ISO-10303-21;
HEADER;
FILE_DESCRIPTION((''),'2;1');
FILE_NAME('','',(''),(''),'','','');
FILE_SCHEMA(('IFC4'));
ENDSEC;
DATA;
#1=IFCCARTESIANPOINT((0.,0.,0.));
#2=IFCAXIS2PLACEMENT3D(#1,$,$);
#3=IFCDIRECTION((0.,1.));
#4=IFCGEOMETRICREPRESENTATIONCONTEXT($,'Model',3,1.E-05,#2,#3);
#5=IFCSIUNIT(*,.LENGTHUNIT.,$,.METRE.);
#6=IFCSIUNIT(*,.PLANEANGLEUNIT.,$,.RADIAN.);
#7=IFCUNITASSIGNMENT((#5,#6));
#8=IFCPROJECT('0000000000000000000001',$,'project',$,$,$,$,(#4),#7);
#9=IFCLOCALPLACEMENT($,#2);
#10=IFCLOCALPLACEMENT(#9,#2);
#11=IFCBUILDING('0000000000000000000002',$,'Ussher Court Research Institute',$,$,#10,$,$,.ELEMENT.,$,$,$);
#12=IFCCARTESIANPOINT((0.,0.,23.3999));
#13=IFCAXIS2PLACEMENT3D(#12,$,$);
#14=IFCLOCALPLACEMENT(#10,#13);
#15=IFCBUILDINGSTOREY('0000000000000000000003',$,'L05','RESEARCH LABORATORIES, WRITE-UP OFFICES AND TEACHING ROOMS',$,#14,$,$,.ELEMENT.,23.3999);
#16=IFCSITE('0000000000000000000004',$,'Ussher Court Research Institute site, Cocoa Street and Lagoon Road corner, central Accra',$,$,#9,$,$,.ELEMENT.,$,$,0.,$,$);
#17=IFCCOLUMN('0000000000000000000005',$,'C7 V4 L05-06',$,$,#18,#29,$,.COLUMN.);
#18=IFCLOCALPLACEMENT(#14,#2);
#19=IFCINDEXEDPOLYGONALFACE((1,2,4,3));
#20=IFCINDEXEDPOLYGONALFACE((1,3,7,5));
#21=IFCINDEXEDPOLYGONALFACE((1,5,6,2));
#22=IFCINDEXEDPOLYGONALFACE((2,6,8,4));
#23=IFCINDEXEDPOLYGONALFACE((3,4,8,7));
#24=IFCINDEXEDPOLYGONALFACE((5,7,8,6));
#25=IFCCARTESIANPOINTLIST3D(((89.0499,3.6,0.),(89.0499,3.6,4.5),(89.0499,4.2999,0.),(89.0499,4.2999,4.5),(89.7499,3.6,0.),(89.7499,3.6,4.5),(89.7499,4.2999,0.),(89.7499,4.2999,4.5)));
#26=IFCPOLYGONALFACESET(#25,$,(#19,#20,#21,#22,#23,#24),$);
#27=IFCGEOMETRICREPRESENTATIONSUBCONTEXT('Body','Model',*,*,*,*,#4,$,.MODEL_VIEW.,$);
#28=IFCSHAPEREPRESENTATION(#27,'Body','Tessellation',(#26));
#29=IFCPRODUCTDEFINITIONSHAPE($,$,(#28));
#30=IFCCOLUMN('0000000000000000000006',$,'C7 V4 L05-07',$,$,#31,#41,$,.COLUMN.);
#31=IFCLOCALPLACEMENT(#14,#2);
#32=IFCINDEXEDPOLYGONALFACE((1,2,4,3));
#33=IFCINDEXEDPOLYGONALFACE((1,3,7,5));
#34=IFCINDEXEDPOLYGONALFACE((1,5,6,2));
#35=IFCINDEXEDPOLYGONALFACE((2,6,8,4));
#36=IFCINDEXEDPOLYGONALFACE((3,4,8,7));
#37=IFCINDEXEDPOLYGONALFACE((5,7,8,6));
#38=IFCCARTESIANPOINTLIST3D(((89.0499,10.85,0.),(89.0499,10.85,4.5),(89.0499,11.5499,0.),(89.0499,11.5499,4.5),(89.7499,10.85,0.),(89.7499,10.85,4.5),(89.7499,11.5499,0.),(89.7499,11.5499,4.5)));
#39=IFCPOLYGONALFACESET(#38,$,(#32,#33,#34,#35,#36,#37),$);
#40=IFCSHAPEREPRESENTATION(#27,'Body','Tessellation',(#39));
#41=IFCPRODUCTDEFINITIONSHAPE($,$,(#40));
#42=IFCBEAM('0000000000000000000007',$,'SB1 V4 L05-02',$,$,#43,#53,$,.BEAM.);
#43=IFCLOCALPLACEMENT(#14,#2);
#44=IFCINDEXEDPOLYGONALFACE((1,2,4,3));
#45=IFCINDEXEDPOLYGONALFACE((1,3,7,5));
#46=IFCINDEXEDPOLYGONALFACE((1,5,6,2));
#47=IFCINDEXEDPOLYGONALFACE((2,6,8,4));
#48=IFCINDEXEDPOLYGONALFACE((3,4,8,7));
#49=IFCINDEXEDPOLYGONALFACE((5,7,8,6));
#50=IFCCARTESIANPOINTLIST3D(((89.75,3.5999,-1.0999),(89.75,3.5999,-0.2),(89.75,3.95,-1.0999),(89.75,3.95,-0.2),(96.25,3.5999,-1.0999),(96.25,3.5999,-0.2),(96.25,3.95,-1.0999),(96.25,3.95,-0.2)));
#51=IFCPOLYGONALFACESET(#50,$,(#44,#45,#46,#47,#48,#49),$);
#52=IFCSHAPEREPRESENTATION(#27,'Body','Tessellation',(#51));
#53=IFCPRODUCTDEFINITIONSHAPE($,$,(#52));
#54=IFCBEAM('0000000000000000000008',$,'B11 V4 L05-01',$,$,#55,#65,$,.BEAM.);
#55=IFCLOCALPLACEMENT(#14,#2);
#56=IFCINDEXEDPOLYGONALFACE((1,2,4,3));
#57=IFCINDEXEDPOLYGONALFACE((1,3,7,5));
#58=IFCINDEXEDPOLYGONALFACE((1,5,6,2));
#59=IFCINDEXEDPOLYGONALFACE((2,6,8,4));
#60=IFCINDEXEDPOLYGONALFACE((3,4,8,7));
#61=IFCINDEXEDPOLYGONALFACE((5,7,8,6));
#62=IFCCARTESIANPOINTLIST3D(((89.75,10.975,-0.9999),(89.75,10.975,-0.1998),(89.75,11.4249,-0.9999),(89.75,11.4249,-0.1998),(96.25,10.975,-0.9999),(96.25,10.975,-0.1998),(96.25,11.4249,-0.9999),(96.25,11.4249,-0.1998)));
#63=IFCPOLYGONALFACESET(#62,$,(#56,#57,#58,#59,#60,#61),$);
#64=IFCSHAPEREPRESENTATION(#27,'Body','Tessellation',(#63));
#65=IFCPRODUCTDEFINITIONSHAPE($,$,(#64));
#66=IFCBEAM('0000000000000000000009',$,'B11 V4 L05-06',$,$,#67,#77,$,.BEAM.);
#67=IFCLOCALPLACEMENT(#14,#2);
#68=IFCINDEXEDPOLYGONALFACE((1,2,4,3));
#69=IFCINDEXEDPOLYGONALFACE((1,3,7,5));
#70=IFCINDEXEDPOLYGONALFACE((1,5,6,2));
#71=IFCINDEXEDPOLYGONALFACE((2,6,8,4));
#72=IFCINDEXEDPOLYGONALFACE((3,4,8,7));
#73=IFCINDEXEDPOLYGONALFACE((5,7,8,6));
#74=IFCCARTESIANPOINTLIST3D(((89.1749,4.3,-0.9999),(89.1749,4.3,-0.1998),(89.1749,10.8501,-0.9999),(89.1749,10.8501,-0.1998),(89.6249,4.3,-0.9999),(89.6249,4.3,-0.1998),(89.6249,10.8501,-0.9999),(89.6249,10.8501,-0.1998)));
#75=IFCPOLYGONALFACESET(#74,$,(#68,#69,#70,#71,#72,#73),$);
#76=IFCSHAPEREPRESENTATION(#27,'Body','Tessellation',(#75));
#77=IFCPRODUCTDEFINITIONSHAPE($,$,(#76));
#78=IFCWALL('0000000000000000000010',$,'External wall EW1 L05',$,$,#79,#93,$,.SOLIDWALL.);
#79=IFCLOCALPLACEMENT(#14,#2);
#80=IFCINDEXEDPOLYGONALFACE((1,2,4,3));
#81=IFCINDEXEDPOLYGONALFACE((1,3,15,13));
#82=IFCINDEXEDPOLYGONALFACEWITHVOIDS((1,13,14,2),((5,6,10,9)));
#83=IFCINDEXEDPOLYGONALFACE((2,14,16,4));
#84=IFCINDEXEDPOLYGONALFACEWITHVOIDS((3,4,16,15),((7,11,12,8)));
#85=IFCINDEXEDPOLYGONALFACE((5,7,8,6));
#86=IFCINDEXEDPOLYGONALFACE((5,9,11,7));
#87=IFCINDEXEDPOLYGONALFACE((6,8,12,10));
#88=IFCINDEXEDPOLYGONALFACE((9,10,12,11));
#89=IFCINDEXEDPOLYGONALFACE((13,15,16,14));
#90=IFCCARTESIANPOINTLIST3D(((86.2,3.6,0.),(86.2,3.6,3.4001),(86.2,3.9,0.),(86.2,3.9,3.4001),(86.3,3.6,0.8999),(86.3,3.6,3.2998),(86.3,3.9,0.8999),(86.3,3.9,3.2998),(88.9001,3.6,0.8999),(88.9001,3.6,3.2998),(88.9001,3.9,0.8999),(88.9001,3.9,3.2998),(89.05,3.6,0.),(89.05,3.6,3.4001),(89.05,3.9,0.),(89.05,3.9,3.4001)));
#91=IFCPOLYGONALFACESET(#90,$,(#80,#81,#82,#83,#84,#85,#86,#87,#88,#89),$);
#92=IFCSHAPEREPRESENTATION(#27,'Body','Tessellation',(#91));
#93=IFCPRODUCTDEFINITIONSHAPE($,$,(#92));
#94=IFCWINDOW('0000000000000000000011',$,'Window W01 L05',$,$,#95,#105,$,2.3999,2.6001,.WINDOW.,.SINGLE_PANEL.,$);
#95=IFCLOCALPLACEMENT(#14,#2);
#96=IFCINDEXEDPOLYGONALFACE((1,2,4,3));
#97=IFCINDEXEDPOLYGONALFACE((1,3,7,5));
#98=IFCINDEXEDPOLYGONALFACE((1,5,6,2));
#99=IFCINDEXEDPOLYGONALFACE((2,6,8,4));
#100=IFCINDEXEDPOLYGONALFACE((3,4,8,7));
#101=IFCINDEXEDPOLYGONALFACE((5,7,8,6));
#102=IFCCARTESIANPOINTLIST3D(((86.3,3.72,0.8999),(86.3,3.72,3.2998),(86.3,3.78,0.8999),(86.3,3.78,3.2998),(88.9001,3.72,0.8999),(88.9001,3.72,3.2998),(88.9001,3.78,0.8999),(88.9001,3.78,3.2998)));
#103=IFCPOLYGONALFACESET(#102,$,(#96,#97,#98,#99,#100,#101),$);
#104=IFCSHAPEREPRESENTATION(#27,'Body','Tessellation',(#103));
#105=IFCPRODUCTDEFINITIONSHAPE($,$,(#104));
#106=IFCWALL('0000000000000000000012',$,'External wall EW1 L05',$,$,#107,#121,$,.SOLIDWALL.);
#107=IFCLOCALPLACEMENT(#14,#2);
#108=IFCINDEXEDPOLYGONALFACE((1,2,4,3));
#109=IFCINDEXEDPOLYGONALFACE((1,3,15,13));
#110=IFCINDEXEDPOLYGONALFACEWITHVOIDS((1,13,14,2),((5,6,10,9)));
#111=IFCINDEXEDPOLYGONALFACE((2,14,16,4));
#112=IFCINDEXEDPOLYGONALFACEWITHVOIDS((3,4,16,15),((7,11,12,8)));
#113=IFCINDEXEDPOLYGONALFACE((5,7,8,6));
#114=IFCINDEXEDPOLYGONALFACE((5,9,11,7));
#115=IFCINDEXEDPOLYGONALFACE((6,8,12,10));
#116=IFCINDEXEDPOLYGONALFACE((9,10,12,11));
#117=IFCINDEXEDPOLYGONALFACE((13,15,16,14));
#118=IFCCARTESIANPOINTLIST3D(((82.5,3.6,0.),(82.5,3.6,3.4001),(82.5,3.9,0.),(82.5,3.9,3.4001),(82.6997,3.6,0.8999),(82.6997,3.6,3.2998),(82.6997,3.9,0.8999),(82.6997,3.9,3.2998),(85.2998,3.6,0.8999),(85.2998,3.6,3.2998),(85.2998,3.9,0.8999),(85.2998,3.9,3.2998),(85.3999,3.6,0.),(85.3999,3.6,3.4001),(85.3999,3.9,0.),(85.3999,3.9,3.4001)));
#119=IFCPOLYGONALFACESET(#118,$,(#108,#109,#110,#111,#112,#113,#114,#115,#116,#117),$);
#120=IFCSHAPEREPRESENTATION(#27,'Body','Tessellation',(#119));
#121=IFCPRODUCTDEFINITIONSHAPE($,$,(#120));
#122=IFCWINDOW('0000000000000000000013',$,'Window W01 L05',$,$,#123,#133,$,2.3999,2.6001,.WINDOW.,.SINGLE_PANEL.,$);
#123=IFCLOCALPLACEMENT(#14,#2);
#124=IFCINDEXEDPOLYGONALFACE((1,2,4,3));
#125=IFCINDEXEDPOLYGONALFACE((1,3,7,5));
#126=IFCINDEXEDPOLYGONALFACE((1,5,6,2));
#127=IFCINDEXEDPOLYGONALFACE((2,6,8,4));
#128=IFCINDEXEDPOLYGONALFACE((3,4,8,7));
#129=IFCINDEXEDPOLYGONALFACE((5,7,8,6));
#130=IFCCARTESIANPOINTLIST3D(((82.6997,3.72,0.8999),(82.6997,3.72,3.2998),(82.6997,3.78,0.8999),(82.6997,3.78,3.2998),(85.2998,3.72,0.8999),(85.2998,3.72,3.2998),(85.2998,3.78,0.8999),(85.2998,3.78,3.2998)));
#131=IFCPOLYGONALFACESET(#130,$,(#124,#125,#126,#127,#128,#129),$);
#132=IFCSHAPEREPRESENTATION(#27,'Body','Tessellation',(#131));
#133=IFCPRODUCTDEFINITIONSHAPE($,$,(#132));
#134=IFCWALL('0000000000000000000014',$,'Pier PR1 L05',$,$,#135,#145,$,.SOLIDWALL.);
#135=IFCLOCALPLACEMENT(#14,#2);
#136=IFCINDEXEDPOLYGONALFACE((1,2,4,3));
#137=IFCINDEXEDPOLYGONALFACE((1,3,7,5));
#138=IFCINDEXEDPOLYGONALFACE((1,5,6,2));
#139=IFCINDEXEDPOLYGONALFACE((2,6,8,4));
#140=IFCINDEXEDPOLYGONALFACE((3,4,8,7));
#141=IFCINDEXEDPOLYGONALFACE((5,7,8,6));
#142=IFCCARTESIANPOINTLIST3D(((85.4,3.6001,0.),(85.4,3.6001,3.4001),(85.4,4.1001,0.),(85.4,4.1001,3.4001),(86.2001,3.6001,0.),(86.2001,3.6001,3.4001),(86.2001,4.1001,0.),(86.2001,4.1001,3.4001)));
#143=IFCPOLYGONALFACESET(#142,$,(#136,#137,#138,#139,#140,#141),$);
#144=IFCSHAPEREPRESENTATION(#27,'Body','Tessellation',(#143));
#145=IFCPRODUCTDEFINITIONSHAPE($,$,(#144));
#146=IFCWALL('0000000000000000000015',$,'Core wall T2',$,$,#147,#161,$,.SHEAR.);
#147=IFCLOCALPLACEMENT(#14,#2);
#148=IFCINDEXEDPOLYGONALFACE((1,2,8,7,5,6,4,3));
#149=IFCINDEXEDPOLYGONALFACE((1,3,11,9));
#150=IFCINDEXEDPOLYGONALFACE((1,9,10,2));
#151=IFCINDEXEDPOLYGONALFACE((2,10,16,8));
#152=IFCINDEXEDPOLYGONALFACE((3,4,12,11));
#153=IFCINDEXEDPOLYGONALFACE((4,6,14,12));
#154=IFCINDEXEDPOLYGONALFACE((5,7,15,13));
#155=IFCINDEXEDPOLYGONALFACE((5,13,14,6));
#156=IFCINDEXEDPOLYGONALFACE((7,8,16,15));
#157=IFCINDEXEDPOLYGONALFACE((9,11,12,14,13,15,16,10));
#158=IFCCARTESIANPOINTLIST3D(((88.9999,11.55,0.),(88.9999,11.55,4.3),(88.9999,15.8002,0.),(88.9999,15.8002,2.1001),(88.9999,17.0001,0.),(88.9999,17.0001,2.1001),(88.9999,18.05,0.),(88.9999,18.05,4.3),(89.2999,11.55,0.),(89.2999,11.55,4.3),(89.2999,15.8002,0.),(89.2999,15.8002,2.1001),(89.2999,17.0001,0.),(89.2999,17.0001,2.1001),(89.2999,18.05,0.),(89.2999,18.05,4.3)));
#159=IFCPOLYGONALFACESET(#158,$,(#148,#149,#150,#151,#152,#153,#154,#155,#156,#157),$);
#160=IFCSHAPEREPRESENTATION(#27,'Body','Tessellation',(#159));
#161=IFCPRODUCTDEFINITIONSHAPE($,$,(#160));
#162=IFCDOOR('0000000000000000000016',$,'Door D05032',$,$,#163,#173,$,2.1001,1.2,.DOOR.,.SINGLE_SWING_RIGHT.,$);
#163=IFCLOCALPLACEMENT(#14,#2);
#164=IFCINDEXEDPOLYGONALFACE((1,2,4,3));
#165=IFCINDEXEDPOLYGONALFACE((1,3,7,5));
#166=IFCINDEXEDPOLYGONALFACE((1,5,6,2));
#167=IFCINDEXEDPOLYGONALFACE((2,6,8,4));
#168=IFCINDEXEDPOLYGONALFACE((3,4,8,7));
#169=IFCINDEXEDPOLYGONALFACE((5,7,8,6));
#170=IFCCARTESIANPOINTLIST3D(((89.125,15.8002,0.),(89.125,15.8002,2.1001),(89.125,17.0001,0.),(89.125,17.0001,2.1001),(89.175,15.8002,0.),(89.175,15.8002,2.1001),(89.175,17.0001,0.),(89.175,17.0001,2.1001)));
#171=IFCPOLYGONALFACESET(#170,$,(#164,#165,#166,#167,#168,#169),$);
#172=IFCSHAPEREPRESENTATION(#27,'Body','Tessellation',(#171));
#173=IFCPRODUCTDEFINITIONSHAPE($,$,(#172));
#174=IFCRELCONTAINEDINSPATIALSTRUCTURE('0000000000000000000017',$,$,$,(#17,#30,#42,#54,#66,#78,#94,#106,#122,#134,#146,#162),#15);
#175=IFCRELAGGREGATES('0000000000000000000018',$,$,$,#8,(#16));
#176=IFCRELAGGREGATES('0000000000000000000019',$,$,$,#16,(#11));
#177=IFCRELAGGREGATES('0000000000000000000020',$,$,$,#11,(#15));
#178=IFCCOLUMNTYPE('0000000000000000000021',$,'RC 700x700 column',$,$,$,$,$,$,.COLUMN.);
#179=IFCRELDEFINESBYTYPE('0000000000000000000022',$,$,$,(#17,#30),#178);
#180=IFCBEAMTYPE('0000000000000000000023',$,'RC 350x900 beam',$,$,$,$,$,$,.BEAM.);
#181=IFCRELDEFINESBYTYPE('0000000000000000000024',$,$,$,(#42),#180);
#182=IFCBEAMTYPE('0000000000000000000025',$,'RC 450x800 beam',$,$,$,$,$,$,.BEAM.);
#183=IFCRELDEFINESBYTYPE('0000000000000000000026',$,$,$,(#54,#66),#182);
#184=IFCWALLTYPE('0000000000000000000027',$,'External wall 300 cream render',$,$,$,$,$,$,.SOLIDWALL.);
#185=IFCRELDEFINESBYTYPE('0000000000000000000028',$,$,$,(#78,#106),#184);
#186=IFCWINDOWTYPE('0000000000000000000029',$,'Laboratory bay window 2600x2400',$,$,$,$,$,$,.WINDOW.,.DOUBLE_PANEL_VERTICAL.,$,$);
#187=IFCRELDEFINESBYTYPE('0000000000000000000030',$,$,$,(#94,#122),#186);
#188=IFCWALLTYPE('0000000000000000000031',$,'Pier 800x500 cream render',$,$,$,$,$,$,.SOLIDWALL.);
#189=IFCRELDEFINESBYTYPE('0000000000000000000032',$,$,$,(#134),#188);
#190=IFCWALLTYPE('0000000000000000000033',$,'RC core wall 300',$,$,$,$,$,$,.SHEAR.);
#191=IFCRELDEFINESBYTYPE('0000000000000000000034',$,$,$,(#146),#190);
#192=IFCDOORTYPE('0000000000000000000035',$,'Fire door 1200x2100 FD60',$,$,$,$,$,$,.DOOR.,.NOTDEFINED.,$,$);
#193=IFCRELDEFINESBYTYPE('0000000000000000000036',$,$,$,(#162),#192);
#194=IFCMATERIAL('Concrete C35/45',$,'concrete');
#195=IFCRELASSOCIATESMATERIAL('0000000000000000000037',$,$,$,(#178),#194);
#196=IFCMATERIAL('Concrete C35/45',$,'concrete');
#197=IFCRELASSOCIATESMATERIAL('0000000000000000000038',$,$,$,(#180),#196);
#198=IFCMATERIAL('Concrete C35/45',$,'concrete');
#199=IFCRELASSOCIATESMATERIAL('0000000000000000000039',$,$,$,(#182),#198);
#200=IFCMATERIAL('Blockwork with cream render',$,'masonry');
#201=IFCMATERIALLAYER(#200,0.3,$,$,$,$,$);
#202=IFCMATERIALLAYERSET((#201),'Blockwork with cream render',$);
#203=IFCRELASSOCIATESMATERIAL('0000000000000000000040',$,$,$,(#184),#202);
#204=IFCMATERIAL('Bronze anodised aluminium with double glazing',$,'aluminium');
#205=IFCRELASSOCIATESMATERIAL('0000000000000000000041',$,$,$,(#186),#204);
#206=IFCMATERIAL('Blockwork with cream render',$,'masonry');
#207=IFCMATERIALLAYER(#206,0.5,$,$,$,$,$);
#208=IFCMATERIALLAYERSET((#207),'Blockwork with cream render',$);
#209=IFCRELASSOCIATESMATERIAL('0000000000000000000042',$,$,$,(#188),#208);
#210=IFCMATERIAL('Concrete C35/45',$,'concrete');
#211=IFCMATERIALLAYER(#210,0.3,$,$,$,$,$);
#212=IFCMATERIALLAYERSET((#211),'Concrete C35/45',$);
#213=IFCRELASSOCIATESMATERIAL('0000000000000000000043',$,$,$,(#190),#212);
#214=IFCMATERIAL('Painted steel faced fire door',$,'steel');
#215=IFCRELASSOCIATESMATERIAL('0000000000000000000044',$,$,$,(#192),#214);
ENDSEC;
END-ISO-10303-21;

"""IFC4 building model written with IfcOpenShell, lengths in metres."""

from ifc_helpers import new_model, si_unit, direction, frame, frame_2d, origin, origin_2d, place, context, subcontext, project, spatial, rectangle, extrude, material, layer, layer_set, material_profile, profile_set, type_object, element, fill, save


model = new_model("IFC4")

# Units and contexts
model_context = context("Model", 3, precision=1e-05, world=origin(), true_north=direction((0.0, 1.0)))
body_context = subcontext(model_context, "Body", "Model", "MODEL_VIEW")
ifc_project = project(units=[si_unit("LENGTHUNIT", "METRE"), si_unit("PLANEANGLEUNIT", "RADIAN")], contexts=[model_context])

# Site, building, storey
site_placement = place(None, origin())
site = spatial("IfcSite", under=ifc_project, at=site_placement, Name="Ussher Court Research Institute site, Cocoa Street and Lagoon Road corner, central Accra", CompositionType="ELEMENT", RefElevation=0.0)
building_placement = place(site_placement, origin())
building = spatial("IfcBuilding", under=site, at=building_placement, Name="Ussher Court Research Institute", CompositionType="ELEMENT")
storey_placement = place(building_placement, frame((0.0, 0.0, 23.3999)))
storey = spatial("IfcBuildingStorey", under=building, at=storey_placement, Name="L05", Description="RESEARCH LABORATORIES, WRITE-UP OFFICES AND TEACHING ROOMS", CompositionType="ELEMENT", Elevation=23.3999)

# Columns
ifc_material_1 = material(Name="Concrete C35/45", Category="concrete")
ifc_material_profile_1 = material_profile(ifc_material_1, rectangle(XDim=0.7, YDim=0.7, at=origin_2d()), Name="RC 700x700")
ifc_profile_set_1 = profile_set([ifc_material_profile_1], Name="Concrete C35/45")
column_type = type_object("IfcColumnType", Name="RC 700x700 column", PredefinedType="COLUMN", material=ifc_profile_set_1)
for number, where, z_axis, x_axis, name in (
    (1, (89.3999, 3.95, 0.0), (0.0, 0.0, 1.0), (1.0, 0.0, 0.0), "C7 V4 L05-06"),
    (2, (89.3999, 11.2, 0.0), (0.0, 0.0, 1.0), (1.0, 0.0, 0.0), "C7 V4 L05-07"),
):
    element("IfcColumn", number, at=place(storey_placement, frame(where, z_axis=z_axis, x_axis=x_axis)), inside=storey, type_object=column_type, Name=name, PredefinedType="COLUMN", context=body_context, shape_type="SweptSolid", body=[
        extrude(rectangle(XDim=0.7, YDim=0.7, at=origin_2d()), origin(), (0.0, 0.0, 1.0), 4.5),
    ])

# Beams
ifc_material_2 = material(Name="Concrete C35/45", Category="concrete")
ifc_material_profile_2 = material_profile(ifc_material_2, rectangle(XDim=0.3501, YDim=0.8999, at=origin_2d()), Name="RC 350x900")
ifc_profile_set_2 = profile_set([ifc_material_profile_2], Name="Concrete C35/45")
beam_type_1 = type_object("IfcBeamType", Name="RC 350x900 beam", PredefinedType="BEAM", material=ifc_profile_set_2)
beam_1_placement = place(storey_placement, frame((89.75, 3.7749, -0.6499), z_axis=(1.0, 0.0, 0.0), x_axis=(0.0, 1.0, 0.0)))
element("IfcBeam", 3, at=beam_1_placement, inside=storey, type_object=beam_type_1, Name="SB1 V4 L05-02", PredefinedType="BEAM", context=body_context, shape_type="SweptSolid", body=[
    extrude(rectangle(XDim=0.3501, YDim=0.8999, at=origin_2d()), origin(), (0.0, 0.0, 1.0), 6.5),
])
ifc_material_3 = material(Name="Concrete C35/45", Category="concrete")
ifc_material_profile_3 = material_profile(ifc_material_3, rectangle(XDim=0.45, YDim=0.8, at=origin_2d()), Name="RC 450x800")
ifc_profile_set_3 = profile_set([ifc_material_profile_3], Name="Concrete C35/45")
beam_type_2 = type_object("IfcBeamType", Name="RC 450x800 beam", PredefinedType="BEAM", material=ifc_profile_set_3)
beam_2_placement = place(storey_placement, frame((89.75, 11.2, -0.5999), z_axis=(1.0, 0.0, 0.0), x_axis=(0.0, 1.0, 0.0)))
element("IfcBeam", 4, at=beam_2_placement, inside=storey, type_object=beam_type_2, Name="B11 V4 L05-01", PredefinedType="BEAM", context=body_context, shape_type="SweptSolid", body=[
    extrude(rectangle(XDim=0.45, YDim=0.8, at=origin_2d()), origin(), (0.0, 0.0, 1.0), 6.5),
])
beam_3_placement = place(storey_placement, frame((89.3999, 4.3, -0.5999), z_axis=(0.0, 1.0, 0.0), x_axis=(-1.0, 0.0, 0.0)))
element("IfcBeam", 5, at=beam_3_placement, inside=storey, type_object=beam_type_2, Name="B11 V4 L05-06", PredefinedType="BEAM", context=body_context, shape_type="SweptSolid", body=[
    extrude(rectangle(XDim=0.45, YDim=0.8, at=origin_2d()), origin(), (0.0, 0.0, 1.0), 6.55),
])

# Walls, openings, windows
ifc_material_4 = material(Name="Blockwork with cream render", Category="masonry")
ifc_layer_1 = layer(ifc_material_4, 0.3)
ifc_layer_set_1 = layer_set([ifc_layer_1], Name="Blockwork with cream render")
wall_type_1 = type_object("IfcWallType", Name="External wall 300 cream render", PredefinedType="SOLIDWALL", material=ifc_layer_set_1)
wall_1_placement = place(storey_placement, frame((89.05, 3.75, 0.0), z_axis=(0.0, 0.0, 1.0), x_axis=(-1.0, 0.0, 0.0)))
wall_1 = element("IfcWall", 6, at=wall_1_placement, inside=storey, type_object=wall_type_1, Name="External wall EW1 L05", PredefinedType="SOLIDWALL", context=body_context, shape_type="SweptSolid", body=[
    extrude(rectangle(XDim=2.8501, YDim=0.3, at=frame_2d((1.425, 0.0))), origin(), (0.0, 0.0, 1.0), 3.4001),
])
opening_1_placement = place(wall_1_placement, frame((0.1499, 0.0, 0.8999)))
opening_1 = element("IfcOpeningElement", 7, at=opening_1_placement, cuts=wall_1, PredefinedType="OPENING", context=body_context, shape_type="SweptSolid", body=[
    extrude(rectangle(XDim=2.6001, YDim=2.3999, at=frame_2d((1.3, 1.2))), frame((0.0, 0.1602, 0.0), z_axis=(0.0, -1.0, 0.0), x_axis=(1.0, 0.0, 0.0)), (0.0, 0.0, 1.0), 0.3201),
])
ifc_material_5 = material(Name="Bronze anodised aluminium with double glazing", Category="aluminium")
window_type = type_object("IfcWindowType", Name="Laboratory bay window 2600x2400", PartitioningType="DOUBLE_PANEL_VERTICAL", PredefinedType="WINDOW", material=ifc_material_5)
window_1_placement = place(opening_1_placement, origin())
window_1 = element("IfcWindow", 8, at=window_1_placement, inside=storey, type_object=window_type, Name="Window W01 L05", OverallHeight=2.3999, OverallWidth=2.6001, PartitioningType="SINGLE_PANEL", PredefinedType="WINDOW", context=body_context, shape_type="SweptSolid", body=[
    extrude(rectangle(XDim=2.6001, YDim=2.3999, at=frame_2d((1.3, 1.2))), frame((0.0, 0.03, 0.0), z_axis=(0.0, -1.0, 0.0), x_axis=(1.0, 0.0, 0.0)), (0.0, 0.0, 1.0), 0.0601),
])
fill(opening_1, window_1)
wall_2_placement = place(storey_placement, frame((85.3999, 3.75, 0.0), z_axis=(0.0, 0.0, 1.0), x_axis=(-1.0, 0.0, 0.0)))
wall_2 = element("IfcWall", 9, at=wall_2_placement, inside=storey, type_object=wall_type_1, Name="External wall EW1 L05", PredefinedType="SOLIDWALL", context=body_context, shape_type="SweptSolid", body=[
    extrude(rectangle(XDim=2.8999, YDim=0.3, at=frame_2d((1.45, 0.0))), origin(), (0.0, 0.0, 1.0), 3.4001),
])
opening_2_placement = place(wall_2_placement, frame((0.1001, 0.0, 0.8999)))
opening_2 = element("IfcOpeningElement", 10, at=opening_2_placement, cuts=wall_2, PredefinedType="OPENING", context=body_context, shape_type="SweptSolid", body=[
    extrude(rectangle(XDim=2.6001, YDim=2.3999, at=frame_2d((1.3, 1.2))), frame((0.0, 0.1602, 0.0), z_axis=(0.0, -1.0, 0.0), x_axis=(1.0, 0.0, 0.0)), (0.0, 0.0, 1.0), 0.3201),
])
window_2_placement = place(opening_2_placement, origin())
window_2 = element("IfcWindow", 11, at=window_2_placement, inside=storey, type_object=window_type, Name="Window W01 L05", OverallHeight=2.3999, OverallWidth=2.6001, PartitioningType="SINGLE_PANEL", PredefinedType="WINDOW", context=body_context, shape_type="SweptSolid", body=[
    extrude(rectangle(XDim=2.6001, YDim=2.3999, at=frame_2d((1.3, 1.2))), frame((0.0, 0.03, 0.0), z_axis=(0.0, -1.0, 0.0), x_axis=(1.0, 0.0, 0.0)), (0.0, 0.0, 1.0), 0.0601),
])
fill(opening_2, window_2)

# Wall
ifc_material_6 = material(Name="Blockwork with cream render", Category="masonry")
ifc_layer_2 = layer(ifc_material_6, 0.5)
ifc_layer_set_2 = layer_set([ifc_layer_2], Name="Blockwork with cream render")
wall_type_2 = type_object("IfcWallType", Name="Pier 800x500 cream render", PredefinedType="SOLIDWALL", material=ifc_layer_set_2)
wall_3_placement = place(storey_placement, frame((86.2, 3.8501, 0.0), z_axis=(0.0, 0.0, 1.0), x_axis=(-1.0, 0.0, 0.0)))
element("IfcWall", 12, at=wall_3_placement, inside=storey, type_object=wall_type_2, Name="Pier PR1 L05", PredefinedType="SOLIDWALL", context=body_context, shape_type="SweptSolid", body=[
    extrude(rectangle(XDim=0.8, YDim=0.5, at=frame_2d((0.3999, 0.0))), origin(), (0.0, 0.0, 1.0), 3.4001),
])

# Wall, opening, door
ifc_material_7 = material(Name="Concrete C35/45", Category="concrete")
ifc_layer_3 = layer(ifc_material_7, 0.3)
ifc_layer_set_3 = layer_set([ifc_layer_3], Name="Concrete C35/45")
wall_type_3 = type_object("IfcWallType", Name="RC core wall 300", PredefinedType="SHEAR", material=ifc_layer_set_3)
wall_4_placement = place(storey_placement, frame((89.1499, 11.55, 0.0), z_axis=(0.0, 0.0, 1.0), x_axis=(0.0, 1.0, 0.0)))
wall_4 = element("IfcWall", 13, at=wall_4_placement, inside=storey, type_object=wall_type_3, Name="Core wall T2", PredefinedType="SHEAR", context=body_context, shape_type="SweptSolid", body=[
    extrude(rectangle(XDim=6.5, YDim=0.3, at=frame_2d((3.25, 0.0))), origin(), (0.0, 0.0, 1.0), 4.3),
])
opening_3_placement = place(wall_4_placement, frame((4.25, 0.0, 0.0)))
opening_3 = element("IfcOpeningElement", 14, at=opening_3_placement, cuts=wall_4, PredefinedType="OPENING", context=body_context, shape_type="SweptSolid", body=[
    extrude(rectangle(XDim=1.2, YDim=2.1001, at=frame_2d((0.6001, 1.05))), frame((0.0, 0.1602, 0.0), z_axis=(0.0, -1.0, 0.0), x_axis=(1.0, 0.0, 0.0)), (0.0, 0.0, 1.0), 0.3201),
])
ifc_material_8 = material(Name="Painted steel faced fire door", Category="steel")
door_type = type_object("IfcDoorType", Name="Fire door 1200x2100 FD60", OperationType="NOTDEFINED", PredefinedType="DOOR", material=ifc_material_8)
door_placement = place(opening_3_placement, origin())
door = element("IfcDoor", 15, at=door_placement, inside=storey, type_object=door_type, Name="Door D05032", OperationType="SINGLE_SWING_RIGHT", OverallHeight=2.1001, OverallWidth=1.2, PredefinedType="DOOR", context=body_context, shape_type="SweptSolid", body=[
    extrude(rectangle(XDim=1.2, YDim=2.1001, at=frame_2d((0.6001, 1.05))), frame((0.0, 0.0249, 0.0), z_axis=(0.0, -1.0, 0.0), x_axis=(1.0, 0.0, 0.0)), (0.0, 0.0, 1.0), 0.05),
])
fill(opening_3, door)

save(model, "model.ifc")
